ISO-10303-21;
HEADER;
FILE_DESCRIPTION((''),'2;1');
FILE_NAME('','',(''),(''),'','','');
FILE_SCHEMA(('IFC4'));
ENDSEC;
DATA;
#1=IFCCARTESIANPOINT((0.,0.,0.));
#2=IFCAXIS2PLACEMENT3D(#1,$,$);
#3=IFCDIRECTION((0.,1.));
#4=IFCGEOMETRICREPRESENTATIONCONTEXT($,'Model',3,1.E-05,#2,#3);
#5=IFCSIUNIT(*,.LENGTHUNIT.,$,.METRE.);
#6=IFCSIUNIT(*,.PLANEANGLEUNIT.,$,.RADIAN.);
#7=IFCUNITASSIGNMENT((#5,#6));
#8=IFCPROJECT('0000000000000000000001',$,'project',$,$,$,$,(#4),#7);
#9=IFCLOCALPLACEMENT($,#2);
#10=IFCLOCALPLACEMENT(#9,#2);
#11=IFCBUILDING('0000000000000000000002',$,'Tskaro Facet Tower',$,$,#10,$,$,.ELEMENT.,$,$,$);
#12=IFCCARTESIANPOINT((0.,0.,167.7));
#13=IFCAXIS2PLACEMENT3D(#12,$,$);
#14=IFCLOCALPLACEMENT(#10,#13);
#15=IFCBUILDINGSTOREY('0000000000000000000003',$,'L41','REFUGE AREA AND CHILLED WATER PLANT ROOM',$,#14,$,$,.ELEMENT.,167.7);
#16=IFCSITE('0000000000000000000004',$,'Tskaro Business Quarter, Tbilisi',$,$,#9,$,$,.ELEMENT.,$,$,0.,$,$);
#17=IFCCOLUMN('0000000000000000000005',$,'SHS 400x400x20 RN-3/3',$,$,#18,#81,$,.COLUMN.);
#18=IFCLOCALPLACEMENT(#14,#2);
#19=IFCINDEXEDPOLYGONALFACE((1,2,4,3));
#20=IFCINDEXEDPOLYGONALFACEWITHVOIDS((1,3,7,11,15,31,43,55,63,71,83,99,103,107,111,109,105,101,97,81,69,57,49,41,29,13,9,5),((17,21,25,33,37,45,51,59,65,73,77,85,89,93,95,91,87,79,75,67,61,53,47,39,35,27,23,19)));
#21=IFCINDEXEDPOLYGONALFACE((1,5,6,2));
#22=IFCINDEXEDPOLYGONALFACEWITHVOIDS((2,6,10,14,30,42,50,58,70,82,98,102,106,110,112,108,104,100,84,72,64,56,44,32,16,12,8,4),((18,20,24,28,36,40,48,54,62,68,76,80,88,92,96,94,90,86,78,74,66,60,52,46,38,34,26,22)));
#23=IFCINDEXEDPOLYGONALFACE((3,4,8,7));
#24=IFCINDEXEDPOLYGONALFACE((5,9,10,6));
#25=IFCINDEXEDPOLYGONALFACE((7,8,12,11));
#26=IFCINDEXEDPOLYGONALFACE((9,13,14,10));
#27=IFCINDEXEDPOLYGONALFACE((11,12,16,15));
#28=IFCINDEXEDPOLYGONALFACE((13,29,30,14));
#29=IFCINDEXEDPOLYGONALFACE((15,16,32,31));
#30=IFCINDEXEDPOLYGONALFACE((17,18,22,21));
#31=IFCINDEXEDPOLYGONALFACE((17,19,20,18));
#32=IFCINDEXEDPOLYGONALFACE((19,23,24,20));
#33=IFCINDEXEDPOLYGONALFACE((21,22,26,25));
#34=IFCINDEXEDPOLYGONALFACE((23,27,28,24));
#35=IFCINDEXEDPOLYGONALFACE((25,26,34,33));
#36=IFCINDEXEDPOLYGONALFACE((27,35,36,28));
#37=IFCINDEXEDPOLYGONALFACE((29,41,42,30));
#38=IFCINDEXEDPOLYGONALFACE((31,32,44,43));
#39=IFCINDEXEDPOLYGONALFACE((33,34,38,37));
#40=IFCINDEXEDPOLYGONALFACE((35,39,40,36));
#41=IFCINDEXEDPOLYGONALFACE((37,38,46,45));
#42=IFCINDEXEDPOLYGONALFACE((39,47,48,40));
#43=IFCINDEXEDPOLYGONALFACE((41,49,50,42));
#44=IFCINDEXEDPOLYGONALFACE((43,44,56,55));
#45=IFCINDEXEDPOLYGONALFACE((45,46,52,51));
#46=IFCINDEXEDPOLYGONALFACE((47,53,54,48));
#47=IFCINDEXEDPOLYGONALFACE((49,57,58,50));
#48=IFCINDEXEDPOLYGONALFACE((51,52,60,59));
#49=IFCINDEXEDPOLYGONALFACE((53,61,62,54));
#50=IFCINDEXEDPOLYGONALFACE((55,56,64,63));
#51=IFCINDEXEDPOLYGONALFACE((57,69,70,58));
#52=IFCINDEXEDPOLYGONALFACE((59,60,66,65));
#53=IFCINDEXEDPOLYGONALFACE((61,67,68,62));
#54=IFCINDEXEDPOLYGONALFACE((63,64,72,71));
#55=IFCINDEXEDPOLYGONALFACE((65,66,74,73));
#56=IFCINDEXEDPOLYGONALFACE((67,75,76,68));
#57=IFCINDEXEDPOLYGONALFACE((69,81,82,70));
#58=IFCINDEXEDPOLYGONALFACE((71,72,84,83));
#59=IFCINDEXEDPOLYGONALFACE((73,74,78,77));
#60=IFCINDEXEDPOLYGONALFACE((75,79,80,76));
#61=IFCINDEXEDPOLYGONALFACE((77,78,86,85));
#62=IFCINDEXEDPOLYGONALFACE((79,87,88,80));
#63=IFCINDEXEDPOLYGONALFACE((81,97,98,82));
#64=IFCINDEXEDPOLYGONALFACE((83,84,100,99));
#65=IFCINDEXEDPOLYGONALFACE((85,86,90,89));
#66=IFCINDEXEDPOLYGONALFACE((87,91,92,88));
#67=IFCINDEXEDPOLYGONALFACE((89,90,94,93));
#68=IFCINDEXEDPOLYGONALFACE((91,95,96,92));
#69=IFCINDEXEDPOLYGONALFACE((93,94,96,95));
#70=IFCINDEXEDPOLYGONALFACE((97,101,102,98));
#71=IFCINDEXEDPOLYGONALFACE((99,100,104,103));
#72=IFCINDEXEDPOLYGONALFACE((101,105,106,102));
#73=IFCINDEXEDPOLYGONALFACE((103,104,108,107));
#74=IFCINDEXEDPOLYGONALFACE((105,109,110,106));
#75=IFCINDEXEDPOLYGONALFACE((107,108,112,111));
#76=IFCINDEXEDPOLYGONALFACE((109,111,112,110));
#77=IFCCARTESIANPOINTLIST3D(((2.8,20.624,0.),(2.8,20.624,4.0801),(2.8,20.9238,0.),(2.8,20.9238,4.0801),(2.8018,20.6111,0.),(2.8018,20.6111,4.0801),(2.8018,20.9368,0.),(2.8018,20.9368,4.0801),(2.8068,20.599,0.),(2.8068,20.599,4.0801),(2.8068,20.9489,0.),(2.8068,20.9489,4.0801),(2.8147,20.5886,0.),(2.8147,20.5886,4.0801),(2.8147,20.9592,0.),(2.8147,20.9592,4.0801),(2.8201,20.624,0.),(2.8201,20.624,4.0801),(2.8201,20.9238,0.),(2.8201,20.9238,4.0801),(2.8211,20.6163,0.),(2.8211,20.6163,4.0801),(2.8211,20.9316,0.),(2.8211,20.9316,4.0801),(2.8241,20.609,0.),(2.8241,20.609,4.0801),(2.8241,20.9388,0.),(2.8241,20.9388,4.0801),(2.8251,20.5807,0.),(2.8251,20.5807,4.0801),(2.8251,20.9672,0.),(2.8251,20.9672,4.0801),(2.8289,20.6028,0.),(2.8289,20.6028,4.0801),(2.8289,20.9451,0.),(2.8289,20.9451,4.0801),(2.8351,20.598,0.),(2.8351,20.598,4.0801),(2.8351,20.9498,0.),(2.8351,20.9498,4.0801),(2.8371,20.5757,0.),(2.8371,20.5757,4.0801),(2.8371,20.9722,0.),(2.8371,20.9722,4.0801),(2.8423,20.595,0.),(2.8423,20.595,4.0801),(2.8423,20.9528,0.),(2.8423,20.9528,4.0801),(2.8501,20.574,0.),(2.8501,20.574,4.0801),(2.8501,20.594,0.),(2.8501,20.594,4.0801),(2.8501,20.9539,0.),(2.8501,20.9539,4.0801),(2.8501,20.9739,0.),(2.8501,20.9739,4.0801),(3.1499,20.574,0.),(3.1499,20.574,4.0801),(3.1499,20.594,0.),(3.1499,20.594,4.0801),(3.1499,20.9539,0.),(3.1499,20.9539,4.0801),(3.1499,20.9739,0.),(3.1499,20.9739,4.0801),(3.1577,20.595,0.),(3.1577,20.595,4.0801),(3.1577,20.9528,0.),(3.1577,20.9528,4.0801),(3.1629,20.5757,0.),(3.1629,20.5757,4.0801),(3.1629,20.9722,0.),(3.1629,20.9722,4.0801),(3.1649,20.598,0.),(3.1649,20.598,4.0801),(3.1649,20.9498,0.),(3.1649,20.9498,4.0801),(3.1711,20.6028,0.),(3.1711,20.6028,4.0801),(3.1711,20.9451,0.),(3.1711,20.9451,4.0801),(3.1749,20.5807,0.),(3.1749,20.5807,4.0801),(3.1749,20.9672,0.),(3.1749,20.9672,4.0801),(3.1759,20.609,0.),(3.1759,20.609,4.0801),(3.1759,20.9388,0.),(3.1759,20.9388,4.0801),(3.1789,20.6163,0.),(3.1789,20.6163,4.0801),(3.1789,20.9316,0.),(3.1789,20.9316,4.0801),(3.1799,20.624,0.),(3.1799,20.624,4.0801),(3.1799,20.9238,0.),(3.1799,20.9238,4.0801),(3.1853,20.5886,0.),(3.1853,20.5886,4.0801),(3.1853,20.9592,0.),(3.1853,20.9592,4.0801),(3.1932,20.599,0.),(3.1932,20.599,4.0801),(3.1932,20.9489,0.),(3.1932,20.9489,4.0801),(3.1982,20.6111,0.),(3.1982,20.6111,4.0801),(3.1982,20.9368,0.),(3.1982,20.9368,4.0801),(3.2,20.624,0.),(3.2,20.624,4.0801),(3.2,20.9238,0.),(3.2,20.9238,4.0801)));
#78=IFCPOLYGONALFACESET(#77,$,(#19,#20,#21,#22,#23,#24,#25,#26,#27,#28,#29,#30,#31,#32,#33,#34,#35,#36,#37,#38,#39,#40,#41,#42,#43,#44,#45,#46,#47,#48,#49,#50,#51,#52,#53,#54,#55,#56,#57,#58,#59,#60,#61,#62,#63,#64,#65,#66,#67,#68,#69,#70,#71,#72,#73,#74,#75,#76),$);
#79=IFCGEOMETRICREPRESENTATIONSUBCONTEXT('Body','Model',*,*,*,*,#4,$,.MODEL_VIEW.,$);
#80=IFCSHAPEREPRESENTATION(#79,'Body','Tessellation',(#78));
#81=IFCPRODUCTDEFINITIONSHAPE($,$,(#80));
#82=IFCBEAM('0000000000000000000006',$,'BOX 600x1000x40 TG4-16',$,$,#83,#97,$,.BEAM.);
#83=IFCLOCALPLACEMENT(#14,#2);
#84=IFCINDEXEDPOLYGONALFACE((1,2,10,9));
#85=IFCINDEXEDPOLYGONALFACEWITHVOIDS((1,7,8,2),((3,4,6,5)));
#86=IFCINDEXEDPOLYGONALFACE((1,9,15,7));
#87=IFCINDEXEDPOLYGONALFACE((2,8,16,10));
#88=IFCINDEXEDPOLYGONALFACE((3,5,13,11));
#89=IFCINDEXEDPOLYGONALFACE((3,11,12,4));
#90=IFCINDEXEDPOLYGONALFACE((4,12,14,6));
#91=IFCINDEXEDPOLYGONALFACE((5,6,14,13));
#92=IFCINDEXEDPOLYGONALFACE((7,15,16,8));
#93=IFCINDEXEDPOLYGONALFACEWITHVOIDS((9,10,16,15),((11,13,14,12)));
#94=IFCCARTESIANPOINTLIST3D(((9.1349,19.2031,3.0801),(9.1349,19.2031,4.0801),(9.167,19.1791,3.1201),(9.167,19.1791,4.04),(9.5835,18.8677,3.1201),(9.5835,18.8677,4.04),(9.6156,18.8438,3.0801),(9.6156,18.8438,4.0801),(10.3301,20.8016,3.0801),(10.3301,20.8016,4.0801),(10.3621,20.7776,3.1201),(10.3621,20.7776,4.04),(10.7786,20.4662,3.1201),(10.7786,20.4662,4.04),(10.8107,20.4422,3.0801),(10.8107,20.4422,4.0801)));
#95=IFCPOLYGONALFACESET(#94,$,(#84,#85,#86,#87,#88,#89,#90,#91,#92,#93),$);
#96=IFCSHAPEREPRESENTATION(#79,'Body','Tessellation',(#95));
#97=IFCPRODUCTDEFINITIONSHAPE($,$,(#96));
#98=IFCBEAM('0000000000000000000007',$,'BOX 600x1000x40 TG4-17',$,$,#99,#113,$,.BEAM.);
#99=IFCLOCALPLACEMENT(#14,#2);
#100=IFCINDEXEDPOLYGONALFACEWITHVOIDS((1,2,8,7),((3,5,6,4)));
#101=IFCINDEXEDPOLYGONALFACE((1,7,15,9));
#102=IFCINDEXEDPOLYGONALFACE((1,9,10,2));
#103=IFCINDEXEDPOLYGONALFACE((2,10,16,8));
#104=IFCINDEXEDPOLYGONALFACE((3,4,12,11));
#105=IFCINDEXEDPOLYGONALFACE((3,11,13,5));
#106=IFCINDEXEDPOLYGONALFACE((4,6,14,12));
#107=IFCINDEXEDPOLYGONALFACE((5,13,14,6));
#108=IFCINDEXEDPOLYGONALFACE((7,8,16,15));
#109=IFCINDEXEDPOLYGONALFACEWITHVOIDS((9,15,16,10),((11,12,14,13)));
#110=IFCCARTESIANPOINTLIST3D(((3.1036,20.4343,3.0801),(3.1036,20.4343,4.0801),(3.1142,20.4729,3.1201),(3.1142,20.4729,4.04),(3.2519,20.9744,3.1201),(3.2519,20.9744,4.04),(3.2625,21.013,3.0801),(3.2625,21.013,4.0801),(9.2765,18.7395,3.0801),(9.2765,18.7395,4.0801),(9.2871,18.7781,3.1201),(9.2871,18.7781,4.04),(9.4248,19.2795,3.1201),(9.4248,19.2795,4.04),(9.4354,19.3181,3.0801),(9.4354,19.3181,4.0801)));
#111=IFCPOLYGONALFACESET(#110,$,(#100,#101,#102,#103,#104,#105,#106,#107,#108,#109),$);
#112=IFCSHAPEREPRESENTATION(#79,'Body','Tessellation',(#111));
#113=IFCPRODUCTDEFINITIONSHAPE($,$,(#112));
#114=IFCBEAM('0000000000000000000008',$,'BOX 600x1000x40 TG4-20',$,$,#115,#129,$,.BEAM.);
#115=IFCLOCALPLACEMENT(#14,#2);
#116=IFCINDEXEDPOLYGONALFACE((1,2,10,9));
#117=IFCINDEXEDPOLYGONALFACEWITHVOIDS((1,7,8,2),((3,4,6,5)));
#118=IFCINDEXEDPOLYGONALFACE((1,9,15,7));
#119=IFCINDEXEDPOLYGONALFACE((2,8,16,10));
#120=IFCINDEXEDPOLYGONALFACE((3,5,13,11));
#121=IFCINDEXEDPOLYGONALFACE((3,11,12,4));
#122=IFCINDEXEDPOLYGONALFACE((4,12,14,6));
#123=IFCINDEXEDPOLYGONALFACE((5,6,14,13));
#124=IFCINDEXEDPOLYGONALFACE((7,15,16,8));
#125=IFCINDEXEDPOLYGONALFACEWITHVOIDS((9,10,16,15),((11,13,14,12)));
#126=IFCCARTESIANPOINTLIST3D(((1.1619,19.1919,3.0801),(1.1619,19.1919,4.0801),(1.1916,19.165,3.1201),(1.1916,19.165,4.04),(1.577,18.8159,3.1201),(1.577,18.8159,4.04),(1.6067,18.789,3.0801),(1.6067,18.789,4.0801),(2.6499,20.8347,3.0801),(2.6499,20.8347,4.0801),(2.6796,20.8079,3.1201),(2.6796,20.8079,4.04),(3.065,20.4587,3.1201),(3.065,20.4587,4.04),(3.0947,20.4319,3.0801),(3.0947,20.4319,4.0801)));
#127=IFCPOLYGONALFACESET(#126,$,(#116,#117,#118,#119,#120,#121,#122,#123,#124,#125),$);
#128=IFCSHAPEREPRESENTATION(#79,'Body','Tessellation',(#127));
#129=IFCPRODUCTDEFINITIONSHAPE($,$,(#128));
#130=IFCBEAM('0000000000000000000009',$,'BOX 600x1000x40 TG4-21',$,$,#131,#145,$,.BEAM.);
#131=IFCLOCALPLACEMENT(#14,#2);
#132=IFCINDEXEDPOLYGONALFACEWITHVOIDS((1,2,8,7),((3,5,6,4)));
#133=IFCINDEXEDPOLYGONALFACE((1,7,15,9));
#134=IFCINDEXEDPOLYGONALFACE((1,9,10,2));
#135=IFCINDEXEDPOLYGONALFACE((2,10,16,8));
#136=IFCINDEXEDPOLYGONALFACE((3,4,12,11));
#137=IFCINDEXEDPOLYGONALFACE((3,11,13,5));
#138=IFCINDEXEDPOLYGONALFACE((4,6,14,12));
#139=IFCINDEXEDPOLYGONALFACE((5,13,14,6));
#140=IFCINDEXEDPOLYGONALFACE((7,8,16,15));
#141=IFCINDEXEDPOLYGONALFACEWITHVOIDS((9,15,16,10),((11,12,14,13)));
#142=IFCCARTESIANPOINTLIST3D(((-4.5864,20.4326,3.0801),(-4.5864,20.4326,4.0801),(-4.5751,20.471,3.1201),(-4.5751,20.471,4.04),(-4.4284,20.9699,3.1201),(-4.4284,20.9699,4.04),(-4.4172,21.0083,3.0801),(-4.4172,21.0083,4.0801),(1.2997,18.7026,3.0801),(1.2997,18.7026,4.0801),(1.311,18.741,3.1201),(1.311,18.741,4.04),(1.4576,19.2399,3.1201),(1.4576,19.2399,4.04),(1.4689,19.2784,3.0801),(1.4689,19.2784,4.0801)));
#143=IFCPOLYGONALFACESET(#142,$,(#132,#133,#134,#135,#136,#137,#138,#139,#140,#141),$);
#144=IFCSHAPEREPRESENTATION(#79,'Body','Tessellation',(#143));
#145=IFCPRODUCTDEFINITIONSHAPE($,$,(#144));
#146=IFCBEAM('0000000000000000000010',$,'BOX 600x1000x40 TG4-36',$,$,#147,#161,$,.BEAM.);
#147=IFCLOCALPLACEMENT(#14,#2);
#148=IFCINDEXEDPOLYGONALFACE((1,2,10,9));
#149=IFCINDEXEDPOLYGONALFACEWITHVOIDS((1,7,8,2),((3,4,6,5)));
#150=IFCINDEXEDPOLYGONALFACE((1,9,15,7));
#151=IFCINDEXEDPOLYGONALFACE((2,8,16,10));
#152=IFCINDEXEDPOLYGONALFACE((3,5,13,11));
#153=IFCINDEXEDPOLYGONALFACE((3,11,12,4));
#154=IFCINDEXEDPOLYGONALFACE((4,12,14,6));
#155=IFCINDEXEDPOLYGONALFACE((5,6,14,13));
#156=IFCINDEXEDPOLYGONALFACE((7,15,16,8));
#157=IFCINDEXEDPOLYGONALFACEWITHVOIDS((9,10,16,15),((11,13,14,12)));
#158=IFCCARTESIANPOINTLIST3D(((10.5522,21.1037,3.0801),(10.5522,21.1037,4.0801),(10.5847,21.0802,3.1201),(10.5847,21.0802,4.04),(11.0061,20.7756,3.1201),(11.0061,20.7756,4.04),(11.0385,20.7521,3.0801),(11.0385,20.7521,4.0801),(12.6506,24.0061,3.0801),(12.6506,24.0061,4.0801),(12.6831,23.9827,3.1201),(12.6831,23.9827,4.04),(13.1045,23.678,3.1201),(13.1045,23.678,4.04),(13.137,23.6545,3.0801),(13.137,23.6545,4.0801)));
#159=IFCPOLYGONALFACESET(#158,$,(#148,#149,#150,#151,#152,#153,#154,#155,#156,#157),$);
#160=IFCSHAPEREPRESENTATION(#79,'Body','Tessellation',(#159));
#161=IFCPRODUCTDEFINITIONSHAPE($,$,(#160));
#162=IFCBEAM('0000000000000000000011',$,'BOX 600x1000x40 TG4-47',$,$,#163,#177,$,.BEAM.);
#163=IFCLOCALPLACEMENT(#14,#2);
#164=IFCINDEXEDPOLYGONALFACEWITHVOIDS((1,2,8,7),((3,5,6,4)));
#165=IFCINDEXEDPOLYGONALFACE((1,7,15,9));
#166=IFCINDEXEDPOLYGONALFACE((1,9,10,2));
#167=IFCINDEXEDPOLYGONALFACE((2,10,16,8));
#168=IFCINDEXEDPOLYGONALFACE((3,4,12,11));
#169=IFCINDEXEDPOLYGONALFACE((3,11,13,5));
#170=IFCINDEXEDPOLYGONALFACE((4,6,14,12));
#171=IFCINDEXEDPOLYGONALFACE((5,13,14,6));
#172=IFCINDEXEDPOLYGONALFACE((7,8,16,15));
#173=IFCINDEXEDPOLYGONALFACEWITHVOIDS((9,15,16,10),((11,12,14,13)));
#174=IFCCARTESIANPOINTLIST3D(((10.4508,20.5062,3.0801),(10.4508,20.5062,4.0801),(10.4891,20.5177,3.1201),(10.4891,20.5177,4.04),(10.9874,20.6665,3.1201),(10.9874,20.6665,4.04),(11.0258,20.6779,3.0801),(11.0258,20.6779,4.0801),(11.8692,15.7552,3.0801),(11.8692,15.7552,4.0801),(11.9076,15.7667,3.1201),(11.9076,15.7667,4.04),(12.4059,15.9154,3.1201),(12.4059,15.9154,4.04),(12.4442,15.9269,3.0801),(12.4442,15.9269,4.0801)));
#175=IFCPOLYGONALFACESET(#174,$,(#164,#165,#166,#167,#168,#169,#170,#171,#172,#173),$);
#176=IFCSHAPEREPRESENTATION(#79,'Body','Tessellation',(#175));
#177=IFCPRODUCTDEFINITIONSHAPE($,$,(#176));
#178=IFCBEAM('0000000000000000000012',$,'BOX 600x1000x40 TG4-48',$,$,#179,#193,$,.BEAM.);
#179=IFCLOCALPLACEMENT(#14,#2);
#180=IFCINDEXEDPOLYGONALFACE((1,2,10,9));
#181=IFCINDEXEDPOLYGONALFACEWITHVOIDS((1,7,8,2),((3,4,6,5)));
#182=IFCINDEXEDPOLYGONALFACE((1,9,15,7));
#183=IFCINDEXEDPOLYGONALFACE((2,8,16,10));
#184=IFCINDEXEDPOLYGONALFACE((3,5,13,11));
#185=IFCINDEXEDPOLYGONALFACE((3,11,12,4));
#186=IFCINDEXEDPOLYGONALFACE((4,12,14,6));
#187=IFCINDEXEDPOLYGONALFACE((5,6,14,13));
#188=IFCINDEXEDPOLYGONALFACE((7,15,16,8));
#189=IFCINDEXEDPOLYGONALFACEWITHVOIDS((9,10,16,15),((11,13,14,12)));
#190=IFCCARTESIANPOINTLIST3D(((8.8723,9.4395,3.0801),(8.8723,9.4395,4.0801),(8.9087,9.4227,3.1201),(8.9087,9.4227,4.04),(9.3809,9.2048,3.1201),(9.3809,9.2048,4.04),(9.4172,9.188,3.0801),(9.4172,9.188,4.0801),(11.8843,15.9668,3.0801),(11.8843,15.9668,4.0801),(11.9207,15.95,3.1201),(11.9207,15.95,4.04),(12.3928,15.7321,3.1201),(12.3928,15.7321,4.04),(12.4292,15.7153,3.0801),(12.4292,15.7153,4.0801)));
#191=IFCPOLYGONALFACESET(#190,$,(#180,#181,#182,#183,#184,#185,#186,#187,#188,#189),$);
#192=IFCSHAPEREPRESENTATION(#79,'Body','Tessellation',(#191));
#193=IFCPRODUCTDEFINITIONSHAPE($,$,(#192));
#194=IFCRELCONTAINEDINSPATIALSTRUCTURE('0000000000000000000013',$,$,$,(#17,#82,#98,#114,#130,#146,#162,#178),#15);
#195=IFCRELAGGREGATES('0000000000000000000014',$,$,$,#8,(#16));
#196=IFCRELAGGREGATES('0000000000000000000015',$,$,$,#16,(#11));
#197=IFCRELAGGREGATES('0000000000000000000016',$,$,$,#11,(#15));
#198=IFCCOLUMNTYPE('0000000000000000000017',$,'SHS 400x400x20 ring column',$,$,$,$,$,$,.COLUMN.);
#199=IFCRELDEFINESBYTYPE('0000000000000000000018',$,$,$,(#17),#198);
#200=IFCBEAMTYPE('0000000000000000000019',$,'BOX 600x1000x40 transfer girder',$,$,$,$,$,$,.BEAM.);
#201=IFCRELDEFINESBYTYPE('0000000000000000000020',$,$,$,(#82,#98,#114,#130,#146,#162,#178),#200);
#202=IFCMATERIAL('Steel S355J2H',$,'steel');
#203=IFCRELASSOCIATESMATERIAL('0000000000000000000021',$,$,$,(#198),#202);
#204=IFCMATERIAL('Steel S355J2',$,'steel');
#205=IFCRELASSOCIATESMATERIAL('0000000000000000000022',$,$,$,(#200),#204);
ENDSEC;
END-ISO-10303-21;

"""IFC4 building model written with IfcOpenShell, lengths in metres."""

from ifc_helpers import new_model, si_unit, direction, frame, origin, origin_2d, place, context, subcontext, project, spatial, hollow_rectangle, extrude, material, material_profile, profile_set, type_object, element, save


model = new_model("IFC4")

# Units and contexts
model_context = context("Model", 3, precision=1e-05, world=origin(), true_north=direction((0.0, 1.0)))
body_context = subcontext(model_context, "Body", "Model", "MODEL_VIEW")
ifc_project = project(units=[si_unit("LENGTHUNIT", "METRE"), si_unit("PLANEANGLEUNIT", "RADIAN")], contexts=[model_context])

# Site, building, storey
site_placement = place(None, origin())
site = spatial("IfcSite", under=ifc_project, at=site_placement, Name="Tskaro Business Quarter, Tbilisi", CompositionType="ELEMENT", RefElevation=0.0)
building_placement = place(site_placement, origin())
building = spatial("IfcBuilding", under=site, at=building_placement, Name="Tskaro Facet Tower", CompositionType="ELEMENT")
storey_placement = place(building_placement, frame((0.0, 0.0, 167.7)))
storey = spatial("IfcBuildingStorey", under=building, at=storey_placement, Name="L41", Description="REFUGE AREA AND CHILLED WATER PLANT ROOM", CompositionType="ELEMENT", Elevation=167.7)

# Column
ifc_material_1 = material(Name="Steel S355J2H", Category="steel")
ifc_material_profile_1 = material_profile(ifc_material_1, hollow_rectangle(XDim=0.3999, YDim=0.3999, WallThickness=0.02, InnerFilletRadius=0.03, OuterFilletRadius=0.05, at=origin_2d()), Name="SHS 400x400x20")
ifc_profile_set_1 = profile_set([ifc_material_profile_1], Name="Steel S355J2H")
column_type_1 = type_object("IfcColumnType", Name="SHS 400x400x20 ring column", PredefinedType="COLUMN", material=ifc_profile_set_1)
for number, where, z_axis, x_axis, name in (
    (1, (3.0, 20.7739, 0.0), (0.0, 0.0, 1.0), (1.0, 0.0, 0.0), "SHS 400x400x20 RN-3/3"),
):
    element("IfcColumn", number, at=place(storey_placement, frame(where, z_axis=z_axis, x_axis=x_axis)), inside=storey, type_object=column_type_1, Name=name, PredefinedType="COLUMN", context=body_context, shape_type="SweptSolid", body=[
        extrude(hollow_rectangle(XDim=0.3999, YDim=0.3999, WallThickness=0.02, InnerFilletRadius=0.03, OuterFilletRadius=0.05, at=origin_2d()), origin(), (0.0, 0.0, 1.0), 4.0801),
    ])

# Beams
ifc_material_2 = material(Name="Steel S355J2", Category="steel")
ifc_material_profile_2 = material_profile(ifc_material_2, hollow_rectangle(XDim=0.6001, YDim=1.0, WallThickness=0.04, at=origin_2d()), Name="BOX 600x1000x40")
ifc_profile_set_2 = profile_set([ifc_material_profile_2], Name="Steel S355J2")
beam_type_1 = type_object("IfcBeamType", Name="BOX 600x1000x40 transfer girder", PredefinedType="BEAM", material=ifc_profile_set_2)
beam_1_placement = place(storey_placement, frame((9.3752, 19.0234, 3.5801), z_axis=(0.598805, 0.800895, 0.0), x_axis=(-0.800895, 0.598805, 0.0)))
element("IfcBeam", 2, at=beam_1_placement, inside=storey, type_object=beam_type_1, Name="BOX 600x1000x40 TG4-16", PredefinedType="BEAM", context=body_context, shape_type="SweptSolid", body=[
    extrude(hollow_rectangle(XDim=0.6001, YDim=1.0, WallThickness=0.04, at=origin_2d()), origin(), (0.0, 0.0, 1.0), 1.9958),
])
beam_2_placement = place(storey_placement, frame((9.356, 19.0288, 3.5801), z_axis=(-0.964314, 0.264763, 0.0), x_axis=(-0.264763, -0.964314, 0.0)))
element("IfcBeam", 3, at=beam_2_placement, inside=storey, type_object=beam_type_1, Name="BOX 600x1000x40 TG4-17", PredefinedType="BEAM", context=body_context, shape_type="SweptSolid", body=[
    extrude(hollow_rectangle(XDim=0.6001, YDim=1.0, WallThickness=0.04, at=origin_2d()), origin(), (0.0, 0.0, 1.0), 6.4014),
])
beam_3_placement = place(storey_placement, frame((1.3843, 18.9905, 3.5801), z_axis=(0.671329, 0.74116, 0.0), x_axis=(-0.74116, 0.671329, 0.0)))
element("IfcBeam", 4, at=beam_3_placement, inside=storey, type_object=beam_type_1, Name="BOX 600x1000x40 TG4-20", PredefinedType="BEAM", context=body_context, shape_type="SweptSolid", body=[
    extrude(hollow_rectangle(XDim=0.6001, YDim=1.0, WallThickness=0.04, at=origin_2d()), origin(), (0.0, 0.0, 1.0), 2.2166),
])
beam_4_placement = place(storey_placement, frame((1.3843, 18.9905, 3.5801), z_axis=(-0.959418, 0.281987, 0.0), x_axis=(-0.281987, -0.959418, 0.0)))
element("IfcBeam", 5, at=beam_4_placement, inside=storey, type_object=beam_type_1, Name="BOX 600x1000x40 TG4-21", PredefinedType="BEAM", context=body_context, shape_type="SweptSolid", body=[
    extrude(hollow_rectangle(XDim=0.6001, YDim=1.0, WallThickness=0.04, at=origin_2d()), origin(), (0.0, 0.0, 1.0), 6.135),
])
beam_5_placement = place(storey_placement, frame((12.8938, 23.8303, 3.5801), z_axis=(-0.585904, -0.810381, 0.0), x_axis=(0.810381, -0.585904, 0.0)))
element("IfcBeam", 6, at=beam_5_placement, inside=storey, type_object=beam_type_1, Name="BOX 600x1000x40 TG4-36", PredefinedType="BEAM", context=body_context, shape_type="SweptSolid", body=[
    extrude(hollow_rectangle(XDim=0.6001, YDim=1.0, WallThickness=0.04, at=origin_2d()), origin(), (0.0, 0.0, 1.0), 3.5815),
])
beam_6_placement = place(storey_placement, frame((12.1567, 15.8411, 3.5801), z_axis=(-0.286083, 0.958205, 0.0), x_axis=(-0.958205, -0.286083, 0.0)))
element("IfcBeam", 7, at=beam_6_placement, inside=storey, type_object=beam_type_1, Name="BOX 600x1000x40 TG4-47", PredefinedType="BEAM", context=body_context, shape_type="SweptSolid", body=[
    extrude(hollow_rectangle(XDim=0.6001, YDim=1.0, WallThickness=0.04, at=origin_2d()), origin(), (0.0, 0.0, 1.0), 4.9583),
])
beam_7_placement = place(storey_placement, frame((12.1567, 15.8411, 3.5801), z_axis=(-0.418983, -0.907994, 0.0), x_axis=(0.907994, -0.418983, 0.0)))
element("IfcBeam", 8, at=beam_7_placement, inside=storey, type_object=beam_type_1, Name="BOX 600x1000x40 TG4-48", PredefinedType="BEAM", context=body_context, shape_type="SweptSolid", body=[
    extrude(hollow_rectangle(XDim=0.6001, YDim=1.0, WallThickness=0.04, at=origin_2d()), origin(), (0.0, 0.0, 1.0), 7.1887),
])

save(model, "model.ifc")
